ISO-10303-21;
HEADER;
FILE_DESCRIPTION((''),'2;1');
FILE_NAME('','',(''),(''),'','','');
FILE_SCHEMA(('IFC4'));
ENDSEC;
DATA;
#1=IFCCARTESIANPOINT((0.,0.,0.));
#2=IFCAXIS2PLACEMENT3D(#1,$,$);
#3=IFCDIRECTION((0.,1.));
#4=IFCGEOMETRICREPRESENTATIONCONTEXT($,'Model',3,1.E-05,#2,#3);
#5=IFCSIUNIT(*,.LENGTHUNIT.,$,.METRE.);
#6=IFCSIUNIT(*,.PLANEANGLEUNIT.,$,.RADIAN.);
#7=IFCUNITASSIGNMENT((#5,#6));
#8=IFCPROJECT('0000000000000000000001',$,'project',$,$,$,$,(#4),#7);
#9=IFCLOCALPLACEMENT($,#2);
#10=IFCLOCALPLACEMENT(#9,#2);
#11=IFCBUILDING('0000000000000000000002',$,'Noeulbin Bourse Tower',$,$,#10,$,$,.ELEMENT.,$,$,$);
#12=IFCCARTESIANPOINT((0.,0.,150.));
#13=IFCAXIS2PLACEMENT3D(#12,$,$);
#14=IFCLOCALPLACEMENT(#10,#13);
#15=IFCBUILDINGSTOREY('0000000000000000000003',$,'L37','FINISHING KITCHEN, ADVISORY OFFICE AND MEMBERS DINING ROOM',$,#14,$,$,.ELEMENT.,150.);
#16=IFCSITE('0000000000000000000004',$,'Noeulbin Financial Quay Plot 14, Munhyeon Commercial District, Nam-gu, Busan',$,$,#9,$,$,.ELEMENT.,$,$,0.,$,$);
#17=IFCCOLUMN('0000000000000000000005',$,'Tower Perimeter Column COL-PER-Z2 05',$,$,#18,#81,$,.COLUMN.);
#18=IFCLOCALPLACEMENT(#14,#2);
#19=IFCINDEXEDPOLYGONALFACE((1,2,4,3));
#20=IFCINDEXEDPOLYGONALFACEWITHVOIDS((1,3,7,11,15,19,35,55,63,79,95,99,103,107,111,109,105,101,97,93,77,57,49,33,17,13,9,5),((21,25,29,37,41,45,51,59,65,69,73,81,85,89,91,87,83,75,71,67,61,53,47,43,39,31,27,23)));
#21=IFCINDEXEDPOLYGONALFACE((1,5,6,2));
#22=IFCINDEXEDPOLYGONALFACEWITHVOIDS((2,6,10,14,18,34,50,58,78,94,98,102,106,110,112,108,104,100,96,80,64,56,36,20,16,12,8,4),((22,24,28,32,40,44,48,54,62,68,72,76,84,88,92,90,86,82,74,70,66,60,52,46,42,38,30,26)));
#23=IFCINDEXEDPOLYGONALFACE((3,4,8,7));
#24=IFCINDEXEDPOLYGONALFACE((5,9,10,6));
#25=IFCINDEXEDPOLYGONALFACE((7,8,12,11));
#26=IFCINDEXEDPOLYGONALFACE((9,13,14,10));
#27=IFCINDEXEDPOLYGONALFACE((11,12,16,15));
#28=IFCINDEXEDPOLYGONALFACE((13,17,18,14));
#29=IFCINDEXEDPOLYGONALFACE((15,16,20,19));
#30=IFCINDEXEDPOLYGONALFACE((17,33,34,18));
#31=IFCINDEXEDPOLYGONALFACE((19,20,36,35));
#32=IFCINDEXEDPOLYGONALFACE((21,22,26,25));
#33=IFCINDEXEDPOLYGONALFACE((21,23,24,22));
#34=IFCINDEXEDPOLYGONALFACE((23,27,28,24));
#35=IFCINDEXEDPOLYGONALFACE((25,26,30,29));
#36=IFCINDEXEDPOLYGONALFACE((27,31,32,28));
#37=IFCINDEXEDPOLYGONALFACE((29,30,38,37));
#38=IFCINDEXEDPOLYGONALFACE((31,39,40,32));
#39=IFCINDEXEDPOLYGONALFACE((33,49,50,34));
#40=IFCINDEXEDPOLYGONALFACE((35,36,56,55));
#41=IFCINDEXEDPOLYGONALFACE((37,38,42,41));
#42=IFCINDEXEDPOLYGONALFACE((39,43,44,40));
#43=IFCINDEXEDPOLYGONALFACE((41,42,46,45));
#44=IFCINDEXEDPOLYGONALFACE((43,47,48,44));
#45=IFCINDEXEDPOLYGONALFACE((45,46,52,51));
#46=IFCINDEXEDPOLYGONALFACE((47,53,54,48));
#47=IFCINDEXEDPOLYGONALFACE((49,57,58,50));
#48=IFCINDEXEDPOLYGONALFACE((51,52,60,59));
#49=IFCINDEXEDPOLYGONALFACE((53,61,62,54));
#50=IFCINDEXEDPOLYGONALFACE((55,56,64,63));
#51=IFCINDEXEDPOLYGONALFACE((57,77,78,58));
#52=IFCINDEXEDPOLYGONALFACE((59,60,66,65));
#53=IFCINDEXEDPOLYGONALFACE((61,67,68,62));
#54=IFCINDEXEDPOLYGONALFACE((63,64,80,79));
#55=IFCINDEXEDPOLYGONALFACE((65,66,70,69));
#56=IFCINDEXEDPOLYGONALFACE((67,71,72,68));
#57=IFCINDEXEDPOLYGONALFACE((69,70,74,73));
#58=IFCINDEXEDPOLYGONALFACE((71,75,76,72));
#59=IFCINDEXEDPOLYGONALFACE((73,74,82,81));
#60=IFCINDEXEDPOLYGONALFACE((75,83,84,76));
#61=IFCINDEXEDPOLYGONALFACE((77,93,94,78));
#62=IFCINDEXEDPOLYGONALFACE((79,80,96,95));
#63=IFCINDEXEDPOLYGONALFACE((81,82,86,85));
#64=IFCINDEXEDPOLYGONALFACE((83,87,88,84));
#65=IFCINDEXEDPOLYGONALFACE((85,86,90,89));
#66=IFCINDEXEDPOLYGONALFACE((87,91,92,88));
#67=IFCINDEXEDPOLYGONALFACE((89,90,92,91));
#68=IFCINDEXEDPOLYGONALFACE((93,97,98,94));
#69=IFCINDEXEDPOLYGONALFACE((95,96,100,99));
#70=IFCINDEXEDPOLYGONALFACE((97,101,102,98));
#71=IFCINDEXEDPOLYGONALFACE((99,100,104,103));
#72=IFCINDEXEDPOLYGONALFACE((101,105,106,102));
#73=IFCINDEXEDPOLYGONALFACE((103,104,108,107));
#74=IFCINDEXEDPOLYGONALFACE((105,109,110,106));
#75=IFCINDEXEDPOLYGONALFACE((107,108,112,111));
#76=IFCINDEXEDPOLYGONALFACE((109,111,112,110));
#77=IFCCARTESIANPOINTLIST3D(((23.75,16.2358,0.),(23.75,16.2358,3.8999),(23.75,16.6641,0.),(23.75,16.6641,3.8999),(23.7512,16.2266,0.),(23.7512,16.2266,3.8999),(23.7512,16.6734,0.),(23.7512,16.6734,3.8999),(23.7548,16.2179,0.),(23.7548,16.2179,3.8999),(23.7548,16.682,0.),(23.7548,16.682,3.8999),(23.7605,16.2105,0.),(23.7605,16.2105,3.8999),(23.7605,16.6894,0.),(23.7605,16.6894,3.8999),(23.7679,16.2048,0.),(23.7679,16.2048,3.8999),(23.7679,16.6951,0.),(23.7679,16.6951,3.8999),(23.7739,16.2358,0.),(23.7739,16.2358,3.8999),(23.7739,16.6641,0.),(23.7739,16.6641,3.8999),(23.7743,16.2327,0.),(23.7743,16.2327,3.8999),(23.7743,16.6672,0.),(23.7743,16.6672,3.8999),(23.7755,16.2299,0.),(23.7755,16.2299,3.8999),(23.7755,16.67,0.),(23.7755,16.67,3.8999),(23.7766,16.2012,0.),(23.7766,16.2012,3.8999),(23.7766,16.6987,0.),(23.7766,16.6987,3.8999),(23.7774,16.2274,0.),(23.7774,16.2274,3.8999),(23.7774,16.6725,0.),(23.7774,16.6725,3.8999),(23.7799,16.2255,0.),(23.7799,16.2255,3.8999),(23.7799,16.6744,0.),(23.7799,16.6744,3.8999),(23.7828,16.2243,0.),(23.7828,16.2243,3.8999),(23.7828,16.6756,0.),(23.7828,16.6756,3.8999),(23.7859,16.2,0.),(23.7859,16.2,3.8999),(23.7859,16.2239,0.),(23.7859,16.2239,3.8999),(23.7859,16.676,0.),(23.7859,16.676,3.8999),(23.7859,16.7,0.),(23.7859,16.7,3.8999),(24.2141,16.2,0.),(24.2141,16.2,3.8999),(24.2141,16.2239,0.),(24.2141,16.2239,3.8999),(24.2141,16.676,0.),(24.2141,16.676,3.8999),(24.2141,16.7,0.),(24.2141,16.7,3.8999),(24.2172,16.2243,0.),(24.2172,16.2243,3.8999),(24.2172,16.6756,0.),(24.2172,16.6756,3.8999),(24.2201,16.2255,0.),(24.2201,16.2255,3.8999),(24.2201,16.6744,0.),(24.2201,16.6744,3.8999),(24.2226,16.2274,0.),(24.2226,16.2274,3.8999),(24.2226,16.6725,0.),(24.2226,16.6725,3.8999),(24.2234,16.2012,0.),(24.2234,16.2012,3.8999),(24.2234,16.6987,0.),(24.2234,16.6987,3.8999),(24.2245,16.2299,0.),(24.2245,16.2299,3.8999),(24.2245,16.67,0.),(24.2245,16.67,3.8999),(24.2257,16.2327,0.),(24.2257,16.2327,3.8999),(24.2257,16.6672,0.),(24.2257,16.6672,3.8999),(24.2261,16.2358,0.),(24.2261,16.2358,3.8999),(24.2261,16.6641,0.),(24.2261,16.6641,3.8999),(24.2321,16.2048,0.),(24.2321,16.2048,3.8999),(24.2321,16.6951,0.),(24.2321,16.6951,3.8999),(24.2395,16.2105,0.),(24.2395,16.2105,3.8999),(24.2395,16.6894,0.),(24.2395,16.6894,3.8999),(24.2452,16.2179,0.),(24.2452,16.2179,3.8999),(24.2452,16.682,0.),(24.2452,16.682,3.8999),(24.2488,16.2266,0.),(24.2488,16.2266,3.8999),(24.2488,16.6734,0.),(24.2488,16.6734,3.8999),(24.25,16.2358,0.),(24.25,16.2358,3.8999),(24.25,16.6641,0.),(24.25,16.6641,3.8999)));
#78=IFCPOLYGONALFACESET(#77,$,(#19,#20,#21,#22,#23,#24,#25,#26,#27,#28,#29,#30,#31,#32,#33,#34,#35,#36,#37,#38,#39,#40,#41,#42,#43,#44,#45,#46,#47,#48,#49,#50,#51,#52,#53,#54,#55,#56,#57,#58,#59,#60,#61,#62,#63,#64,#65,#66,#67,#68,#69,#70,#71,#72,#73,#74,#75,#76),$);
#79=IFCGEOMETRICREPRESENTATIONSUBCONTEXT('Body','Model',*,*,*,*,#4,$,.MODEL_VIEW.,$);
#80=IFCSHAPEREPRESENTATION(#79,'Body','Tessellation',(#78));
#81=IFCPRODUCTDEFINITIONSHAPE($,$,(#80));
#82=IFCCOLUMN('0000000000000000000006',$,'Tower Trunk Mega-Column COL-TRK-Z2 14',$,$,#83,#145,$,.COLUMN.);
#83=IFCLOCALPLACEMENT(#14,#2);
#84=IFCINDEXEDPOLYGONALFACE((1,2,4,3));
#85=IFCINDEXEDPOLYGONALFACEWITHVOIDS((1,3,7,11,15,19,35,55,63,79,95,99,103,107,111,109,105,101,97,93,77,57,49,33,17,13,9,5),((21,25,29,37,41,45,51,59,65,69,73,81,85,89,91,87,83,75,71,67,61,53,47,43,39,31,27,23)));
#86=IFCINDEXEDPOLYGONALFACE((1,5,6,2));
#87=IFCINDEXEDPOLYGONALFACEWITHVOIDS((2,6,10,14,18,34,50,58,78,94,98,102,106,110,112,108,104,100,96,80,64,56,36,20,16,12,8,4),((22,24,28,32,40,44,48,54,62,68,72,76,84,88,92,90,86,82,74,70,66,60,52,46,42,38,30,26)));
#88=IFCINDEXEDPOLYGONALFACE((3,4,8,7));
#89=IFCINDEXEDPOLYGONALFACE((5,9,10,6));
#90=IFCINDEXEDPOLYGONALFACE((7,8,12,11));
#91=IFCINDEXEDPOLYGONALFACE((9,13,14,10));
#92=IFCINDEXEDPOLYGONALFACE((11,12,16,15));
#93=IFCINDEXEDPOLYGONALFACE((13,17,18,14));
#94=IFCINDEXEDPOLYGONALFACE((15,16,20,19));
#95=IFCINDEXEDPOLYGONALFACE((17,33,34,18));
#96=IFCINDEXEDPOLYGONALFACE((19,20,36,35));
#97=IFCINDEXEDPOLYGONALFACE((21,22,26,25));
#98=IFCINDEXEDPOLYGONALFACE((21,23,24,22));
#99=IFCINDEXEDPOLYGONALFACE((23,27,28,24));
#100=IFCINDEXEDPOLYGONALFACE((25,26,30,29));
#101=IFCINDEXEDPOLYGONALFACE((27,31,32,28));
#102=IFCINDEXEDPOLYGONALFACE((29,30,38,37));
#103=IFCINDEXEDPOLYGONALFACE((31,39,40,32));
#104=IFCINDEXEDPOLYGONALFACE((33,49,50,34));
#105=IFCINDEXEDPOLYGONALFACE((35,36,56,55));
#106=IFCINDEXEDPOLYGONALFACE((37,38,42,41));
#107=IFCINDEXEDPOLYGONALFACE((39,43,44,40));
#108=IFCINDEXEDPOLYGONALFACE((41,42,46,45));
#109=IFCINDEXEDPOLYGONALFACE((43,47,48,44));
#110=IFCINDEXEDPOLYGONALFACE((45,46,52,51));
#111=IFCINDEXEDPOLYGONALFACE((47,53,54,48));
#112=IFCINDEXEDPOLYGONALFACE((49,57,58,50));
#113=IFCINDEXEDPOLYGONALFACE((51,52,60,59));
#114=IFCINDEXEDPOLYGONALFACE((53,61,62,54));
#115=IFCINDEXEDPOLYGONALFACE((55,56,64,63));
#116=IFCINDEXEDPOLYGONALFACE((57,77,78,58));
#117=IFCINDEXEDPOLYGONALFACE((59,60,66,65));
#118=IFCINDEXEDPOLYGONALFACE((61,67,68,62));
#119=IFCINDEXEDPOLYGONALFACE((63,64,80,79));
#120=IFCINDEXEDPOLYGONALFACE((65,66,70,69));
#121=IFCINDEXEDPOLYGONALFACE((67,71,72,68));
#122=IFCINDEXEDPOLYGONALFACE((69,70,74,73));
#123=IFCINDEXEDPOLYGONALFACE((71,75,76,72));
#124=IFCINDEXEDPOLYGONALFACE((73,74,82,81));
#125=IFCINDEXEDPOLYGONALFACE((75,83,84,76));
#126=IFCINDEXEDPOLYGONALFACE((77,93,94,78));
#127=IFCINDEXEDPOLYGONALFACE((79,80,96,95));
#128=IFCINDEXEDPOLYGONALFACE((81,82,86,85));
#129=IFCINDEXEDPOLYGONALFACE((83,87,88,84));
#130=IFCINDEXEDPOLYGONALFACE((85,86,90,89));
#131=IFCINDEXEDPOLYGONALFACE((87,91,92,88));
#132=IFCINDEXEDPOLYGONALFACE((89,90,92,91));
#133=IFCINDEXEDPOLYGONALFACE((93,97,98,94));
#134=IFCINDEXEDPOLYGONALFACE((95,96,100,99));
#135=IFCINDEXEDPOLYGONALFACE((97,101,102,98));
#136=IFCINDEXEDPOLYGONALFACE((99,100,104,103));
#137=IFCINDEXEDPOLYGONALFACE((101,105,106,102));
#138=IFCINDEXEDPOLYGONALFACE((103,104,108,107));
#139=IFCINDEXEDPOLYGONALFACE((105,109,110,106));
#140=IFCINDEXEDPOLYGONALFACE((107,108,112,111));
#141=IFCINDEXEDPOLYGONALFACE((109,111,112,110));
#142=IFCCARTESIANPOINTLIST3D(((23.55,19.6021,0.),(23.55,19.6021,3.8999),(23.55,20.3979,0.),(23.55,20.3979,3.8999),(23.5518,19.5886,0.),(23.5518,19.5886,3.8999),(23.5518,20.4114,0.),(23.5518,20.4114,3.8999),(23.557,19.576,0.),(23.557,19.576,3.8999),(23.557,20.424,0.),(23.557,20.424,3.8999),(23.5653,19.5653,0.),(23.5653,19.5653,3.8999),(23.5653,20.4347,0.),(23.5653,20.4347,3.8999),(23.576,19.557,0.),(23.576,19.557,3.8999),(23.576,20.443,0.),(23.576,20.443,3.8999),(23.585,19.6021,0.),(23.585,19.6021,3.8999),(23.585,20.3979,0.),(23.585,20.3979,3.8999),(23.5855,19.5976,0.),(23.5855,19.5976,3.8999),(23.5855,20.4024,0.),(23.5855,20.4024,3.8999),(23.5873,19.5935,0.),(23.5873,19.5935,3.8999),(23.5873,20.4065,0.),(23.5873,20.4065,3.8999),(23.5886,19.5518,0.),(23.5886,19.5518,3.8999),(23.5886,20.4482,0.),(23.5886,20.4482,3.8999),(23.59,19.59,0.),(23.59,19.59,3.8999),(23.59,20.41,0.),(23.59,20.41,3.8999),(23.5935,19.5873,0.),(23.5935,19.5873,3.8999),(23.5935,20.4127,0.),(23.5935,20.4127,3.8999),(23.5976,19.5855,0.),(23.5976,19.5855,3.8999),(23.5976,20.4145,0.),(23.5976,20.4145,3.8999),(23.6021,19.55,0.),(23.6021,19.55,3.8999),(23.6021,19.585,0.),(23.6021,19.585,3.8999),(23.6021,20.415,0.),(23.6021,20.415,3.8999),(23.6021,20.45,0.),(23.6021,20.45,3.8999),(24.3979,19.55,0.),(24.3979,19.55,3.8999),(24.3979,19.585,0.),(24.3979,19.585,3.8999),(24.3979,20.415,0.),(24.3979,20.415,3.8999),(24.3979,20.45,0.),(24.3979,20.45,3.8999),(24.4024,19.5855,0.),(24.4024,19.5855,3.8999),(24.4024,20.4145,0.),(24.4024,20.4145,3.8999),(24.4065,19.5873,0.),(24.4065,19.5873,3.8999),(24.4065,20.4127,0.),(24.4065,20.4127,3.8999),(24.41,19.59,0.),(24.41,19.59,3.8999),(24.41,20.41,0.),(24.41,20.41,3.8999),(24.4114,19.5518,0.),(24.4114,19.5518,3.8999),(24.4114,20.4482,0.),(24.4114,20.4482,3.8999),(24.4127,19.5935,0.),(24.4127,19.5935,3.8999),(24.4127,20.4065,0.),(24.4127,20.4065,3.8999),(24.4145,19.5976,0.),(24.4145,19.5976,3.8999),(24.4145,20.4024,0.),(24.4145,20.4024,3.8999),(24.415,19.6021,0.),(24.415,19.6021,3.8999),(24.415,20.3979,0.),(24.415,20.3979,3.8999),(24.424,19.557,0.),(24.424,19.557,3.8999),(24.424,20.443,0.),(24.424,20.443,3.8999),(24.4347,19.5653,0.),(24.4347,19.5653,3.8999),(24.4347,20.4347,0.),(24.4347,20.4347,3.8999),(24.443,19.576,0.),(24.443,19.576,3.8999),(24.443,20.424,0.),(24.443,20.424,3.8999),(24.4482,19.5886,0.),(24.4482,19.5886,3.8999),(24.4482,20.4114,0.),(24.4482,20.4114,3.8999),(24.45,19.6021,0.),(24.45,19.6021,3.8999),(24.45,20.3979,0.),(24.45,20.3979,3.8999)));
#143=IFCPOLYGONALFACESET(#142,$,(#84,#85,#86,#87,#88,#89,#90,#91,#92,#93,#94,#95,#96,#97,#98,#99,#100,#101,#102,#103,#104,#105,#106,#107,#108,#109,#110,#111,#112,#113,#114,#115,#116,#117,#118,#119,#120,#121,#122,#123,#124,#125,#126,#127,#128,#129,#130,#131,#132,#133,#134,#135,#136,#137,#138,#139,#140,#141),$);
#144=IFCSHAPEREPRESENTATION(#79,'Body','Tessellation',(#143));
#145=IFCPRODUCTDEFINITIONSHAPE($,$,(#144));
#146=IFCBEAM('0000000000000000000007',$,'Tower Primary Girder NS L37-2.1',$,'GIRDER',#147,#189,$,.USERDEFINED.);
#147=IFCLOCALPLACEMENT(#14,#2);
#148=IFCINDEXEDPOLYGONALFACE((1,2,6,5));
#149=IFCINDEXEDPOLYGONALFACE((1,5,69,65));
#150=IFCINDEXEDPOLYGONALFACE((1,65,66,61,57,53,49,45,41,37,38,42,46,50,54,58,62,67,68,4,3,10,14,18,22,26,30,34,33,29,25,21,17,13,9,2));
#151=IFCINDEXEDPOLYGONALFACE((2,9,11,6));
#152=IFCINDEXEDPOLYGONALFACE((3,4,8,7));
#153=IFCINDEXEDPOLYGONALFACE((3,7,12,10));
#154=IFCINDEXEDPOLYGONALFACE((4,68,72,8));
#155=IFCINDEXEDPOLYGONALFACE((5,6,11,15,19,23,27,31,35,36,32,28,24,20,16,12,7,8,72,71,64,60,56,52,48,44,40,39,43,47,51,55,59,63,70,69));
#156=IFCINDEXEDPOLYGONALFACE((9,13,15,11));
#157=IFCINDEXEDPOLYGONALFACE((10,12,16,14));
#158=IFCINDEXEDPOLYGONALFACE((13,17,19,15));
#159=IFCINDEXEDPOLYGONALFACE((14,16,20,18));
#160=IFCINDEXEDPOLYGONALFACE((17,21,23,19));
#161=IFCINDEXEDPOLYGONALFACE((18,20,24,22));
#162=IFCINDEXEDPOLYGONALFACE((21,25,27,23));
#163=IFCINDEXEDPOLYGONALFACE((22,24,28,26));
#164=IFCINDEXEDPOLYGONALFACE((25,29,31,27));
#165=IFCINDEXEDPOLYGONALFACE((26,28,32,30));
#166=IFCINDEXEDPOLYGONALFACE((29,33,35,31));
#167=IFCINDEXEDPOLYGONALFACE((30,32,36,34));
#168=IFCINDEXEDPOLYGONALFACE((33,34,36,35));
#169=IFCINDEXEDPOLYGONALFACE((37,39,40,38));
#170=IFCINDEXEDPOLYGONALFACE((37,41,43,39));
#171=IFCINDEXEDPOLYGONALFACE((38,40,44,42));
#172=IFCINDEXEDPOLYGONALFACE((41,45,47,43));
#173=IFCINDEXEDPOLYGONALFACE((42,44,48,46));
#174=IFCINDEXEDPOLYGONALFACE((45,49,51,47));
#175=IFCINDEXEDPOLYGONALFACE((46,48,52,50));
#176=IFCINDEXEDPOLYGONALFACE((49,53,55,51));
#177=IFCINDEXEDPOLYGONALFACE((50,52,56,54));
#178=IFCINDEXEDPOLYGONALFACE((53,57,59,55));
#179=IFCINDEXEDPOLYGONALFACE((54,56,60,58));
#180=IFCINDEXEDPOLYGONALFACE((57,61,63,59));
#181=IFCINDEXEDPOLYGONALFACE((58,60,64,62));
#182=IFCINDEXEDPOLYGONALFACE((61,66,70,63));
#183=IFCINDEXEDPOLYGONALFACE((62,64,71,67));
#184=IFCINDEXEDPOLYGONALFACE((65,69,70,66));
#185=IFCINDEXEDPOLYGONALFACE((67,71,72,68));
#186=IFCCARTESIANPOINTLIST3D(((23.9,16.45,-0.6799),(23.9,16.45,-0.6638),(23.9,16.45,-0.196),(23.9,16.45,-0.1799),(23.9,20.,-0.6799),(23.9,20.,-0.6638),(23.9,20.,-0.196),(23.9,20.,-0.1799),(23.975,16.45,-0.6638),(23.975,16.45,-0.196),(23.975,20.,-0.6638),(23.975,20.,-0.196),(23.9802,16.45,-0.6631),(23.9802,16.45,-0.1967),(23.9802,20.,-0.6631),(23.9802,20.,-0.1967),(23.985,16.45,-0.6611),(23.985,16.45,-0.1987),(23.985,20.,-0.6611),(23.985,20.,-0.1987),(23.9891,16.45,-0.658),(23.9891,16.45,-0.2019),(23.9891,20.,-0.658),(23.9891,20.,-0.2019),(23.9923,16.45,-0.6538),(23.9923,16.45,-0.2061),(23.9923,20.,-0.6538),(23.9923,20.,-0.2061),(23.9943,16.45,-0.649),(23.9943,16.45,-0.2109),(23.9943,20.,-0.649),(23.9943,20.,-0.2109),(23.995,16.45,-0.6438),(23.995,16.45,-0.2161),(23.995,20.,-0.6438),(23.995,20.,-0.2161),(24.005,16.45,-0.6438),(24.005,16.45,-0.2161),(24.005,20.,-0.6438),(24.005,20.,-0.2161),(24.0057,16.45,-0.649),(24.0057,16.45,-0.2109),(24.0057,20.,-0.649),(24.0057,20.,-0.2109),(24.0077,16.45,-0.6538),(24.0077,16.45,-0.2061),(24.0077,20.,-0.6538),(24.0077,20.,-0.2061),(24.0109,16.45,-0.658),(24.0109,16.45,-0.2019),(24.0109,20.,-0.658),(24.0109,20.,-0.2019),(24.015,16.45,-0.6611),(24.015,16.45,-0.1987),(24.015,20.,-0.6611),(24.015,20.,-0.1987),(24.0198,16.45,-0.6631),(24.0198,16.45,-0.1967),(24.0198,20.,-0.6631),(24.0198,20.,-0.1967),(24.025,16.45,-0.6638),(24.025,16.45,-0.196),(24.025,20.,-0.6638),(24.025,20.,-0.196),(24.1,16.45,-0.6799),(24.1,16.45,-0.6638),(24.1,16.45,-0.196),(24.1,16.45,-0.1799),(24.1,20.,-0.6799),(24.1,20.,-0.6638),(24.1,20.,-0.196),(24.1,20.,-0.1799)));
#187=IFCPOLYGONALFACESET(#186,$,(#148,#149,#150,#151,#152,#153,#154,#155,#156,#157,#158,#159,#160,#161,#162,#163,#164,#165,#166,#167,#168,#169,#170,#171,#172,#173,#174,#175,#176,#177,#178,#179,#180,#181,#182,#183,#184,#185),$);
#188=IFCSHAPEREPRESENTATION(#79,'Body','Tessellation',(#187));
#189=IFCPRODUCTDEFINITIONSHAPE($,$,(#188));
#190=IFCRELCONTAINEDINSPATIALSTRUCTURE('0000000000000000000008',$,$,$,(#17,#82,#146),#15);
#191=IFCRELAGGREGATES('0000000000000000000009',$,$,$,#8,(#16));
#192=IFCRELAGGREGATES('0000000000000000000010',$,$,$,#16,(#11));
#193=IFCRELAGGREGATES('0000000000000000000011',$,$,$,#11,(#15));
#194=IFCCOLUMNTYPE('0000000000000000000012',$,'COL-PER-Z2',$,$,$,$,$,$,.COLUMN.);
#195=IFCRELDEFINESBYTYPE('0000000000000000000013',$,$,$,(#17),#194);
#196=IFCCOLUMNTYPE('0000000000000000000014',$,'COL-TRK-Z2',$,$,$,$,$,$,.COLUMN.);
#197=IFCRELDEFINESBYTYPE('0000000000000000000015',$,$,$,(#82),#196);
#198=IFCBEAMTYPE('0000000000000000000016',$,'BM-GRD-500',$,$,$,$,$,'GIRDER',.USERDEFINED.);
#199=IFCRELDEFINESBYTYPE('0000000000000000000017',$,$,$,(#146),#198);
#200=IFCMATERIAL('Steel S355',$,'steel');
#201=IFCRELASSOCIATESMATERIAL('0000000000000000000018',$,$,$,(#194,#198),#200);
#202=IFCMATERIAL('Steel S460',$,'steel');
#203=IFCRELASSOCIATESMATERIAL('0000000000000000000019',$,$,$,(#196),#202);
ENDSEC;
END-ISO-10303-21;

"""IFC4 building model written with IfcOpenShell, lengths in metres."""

from ifc_helpers import new_model, si_unit, direction, frame, origin, origin_2d, place, context, subcontext, project, spatial, hollow_rectangle, i_section, extrude, material, material_profile, profile_set, type_object, element, save


model = new_model("IFC4")

# Units and contexts
model_context = context("Model", 3, precision=1e-05, world=origin(), true_north=direction((0.0, 1.0)))
body_context = subcontext(model_context, "Body", "Model", "MODEL_VIEW")
ifc_project = project(units=[si_unit("LENGTHUNIT", "METRE"), si_unit("PLANEANGLEUNIT", "RADIAN")], contexts=[model_context])

# Site, building, storey
site_placement = place(None, origin())
site = spatial("IfcSite", under=ifc_project, at=site_placement, Name="Noeulbin Financial Quay Plot 14, Munhyeon Commercial District, Nam-gu, Busan", CompositionType="ELEMENT", RefElevation=0.0)
building_placement = place(site_placement, origin())
building = spatial("IfcBuilding", under=site, at=building_placement, Name="Noeulbin Bourse Tower", CompositionType="ELEMENT")
storey_placement = place(building_placement, frame((0.0, 0.0, 150.0)))
storey = spatial("IfcBuildingStorey", under=building, at=storey_placement, Name="L37", Description="FINISHING KITCHEN, ADVISORY OFFICE AND MEMBERS DINING ROOM", CompositionType="ELEMENT", Elevation=150.0)

# Columns
ifc_material_1 = material(Name="Steel S355", Category="steel")
ifc_material_profile_1 = material_profile(ifc_material_1, hollow_rectangle(XDim=0.5, YDim=0.5, WallThickness=0.0239, InnerFilletRadius=0.012, OuterFilletRadius=0.0359, at=origin_2d()), Name="BOX-500x500x24", Category="LoadBearing")
ifc_profile_set_1 = profile_set([ifc_material_profile_1], Name="Steel S355")
column_type_1 = type_object("IfcColumnType", Name="COL-PER-Z2", PredefinedType="COLUMN", material=ifc_profile_set_1)
column_1_placement = place(storey_placement, frame((24.0, 16.45, 0.0), z_axis=(0.0, 0.0, 1.0), x_axis=(1.0, 0.0, 0.0)))
element("IfcColumn", 1, at=column_1_placement, inside=storey, type_object=column_type_1, Name="Tower Perimeter Column COL-PER-Z2 05", PredefinedType="COLUMN", context=body_context, shape_type="SweptSolid", body=[
    extrude(hollow_rectangle(XDim=0.5, YDim=0.5, WallThickness=0.0239, InnerFilletRadius=0.012, OuterFilletRadius=0.0359, at=origin_2d()), origin(), (0.0, 0.0, 1.0), 3.8999),
])
ifc_material_2 = material(Name="Steel S460", Category="steel")
ifc_material_profile_2 = material_profile(ifc_material_2, hollow_rectangle(XDim=0.8999, YDim=0.8999, WallThickness=0.0349, InnerFilletRadius=0.0171, OuterFilletRadius=0.052, at=origin_2d()), Name="BOX-900x900x35", Category="LoadBearing")
ifc_profile_set_2 = profile_set([ifc_material_profile_2], Name="Steel S460")
column_type_2 = type_object("IfcColumnType", Name="COL-TRK-Z2", PredefinedType="COLUMN", material=ifc_profile_set_2)
column_2_placement = place(storey_placement, frame((24.0, 20.0, 0.0), z_axis=(0.0, 0.0, 1.0), x_axis=(1.0, 0.0, 0.0)))
element("IfcColumn", 2, at=column_2_placement, inside=storey, type_object=column_type_2, Name="Tower Trunk Mega-Column COL-TRK-Z2 14", PredefinedType="COLUMN", context=body_context, shape_type="SweptSolid", body=[
    extrude(hollow_rectangle(XDim=0.8999, YDim=0.8999, WallThickness=0.0349, InnerFilletRadius=0.0171, OuterFilletRadius=0.052, at=origin_2d()), origin(), (0.0, 0.0, 1.0), 3.8999),
])

# Beam
ifc_material_profile_3 = material_profile(ifc_material_1, i_section(OverallWidth=0.2, OverallDepth=0.5, WebThickness=0.01, FlangeThickness=0.0161, FilletRadius=0.02, at=origin_2d()), Name="H-500x200x10x16", Category="LoadBearing")
ifc_profile_set_3 = profile_set([ifc_material_profile_3], Name="Steel S355")
beam_type_1 = type_object("IfcBeamType", Name="BM-GRD-500", ElementType="GIRDER", PredefinedType="USERDEFINED", material=ifc_profile_set_3)
beam_1_placement = place(storey_placement, frame((24.0, 16.45, -0.4299), z_axis=(0.0, 1.0, 0.0), x_axis=(-1.0, 0.0, 0.0)))
element("IfcBeam", 3, at=beam_1_placement, inside=storey, type_object=beam_type_1, Name="Tower Primary Girder NS L37-2.1", ObjectType="GIRDER", PredefinedType="USERDEFINED", context=body_context, shape_type="SweptSolid", body=[
    extrude(i_section(OverallWidth=0.2, OverallDepth=0.5, WebThickness=0.01, FlangeThickness=0.0161, FilletRadius=0.02, at=origin_2d()), origin(), (0.0, 0.0, 1.0), 3.55),
])

save(model, "model.ifc")
